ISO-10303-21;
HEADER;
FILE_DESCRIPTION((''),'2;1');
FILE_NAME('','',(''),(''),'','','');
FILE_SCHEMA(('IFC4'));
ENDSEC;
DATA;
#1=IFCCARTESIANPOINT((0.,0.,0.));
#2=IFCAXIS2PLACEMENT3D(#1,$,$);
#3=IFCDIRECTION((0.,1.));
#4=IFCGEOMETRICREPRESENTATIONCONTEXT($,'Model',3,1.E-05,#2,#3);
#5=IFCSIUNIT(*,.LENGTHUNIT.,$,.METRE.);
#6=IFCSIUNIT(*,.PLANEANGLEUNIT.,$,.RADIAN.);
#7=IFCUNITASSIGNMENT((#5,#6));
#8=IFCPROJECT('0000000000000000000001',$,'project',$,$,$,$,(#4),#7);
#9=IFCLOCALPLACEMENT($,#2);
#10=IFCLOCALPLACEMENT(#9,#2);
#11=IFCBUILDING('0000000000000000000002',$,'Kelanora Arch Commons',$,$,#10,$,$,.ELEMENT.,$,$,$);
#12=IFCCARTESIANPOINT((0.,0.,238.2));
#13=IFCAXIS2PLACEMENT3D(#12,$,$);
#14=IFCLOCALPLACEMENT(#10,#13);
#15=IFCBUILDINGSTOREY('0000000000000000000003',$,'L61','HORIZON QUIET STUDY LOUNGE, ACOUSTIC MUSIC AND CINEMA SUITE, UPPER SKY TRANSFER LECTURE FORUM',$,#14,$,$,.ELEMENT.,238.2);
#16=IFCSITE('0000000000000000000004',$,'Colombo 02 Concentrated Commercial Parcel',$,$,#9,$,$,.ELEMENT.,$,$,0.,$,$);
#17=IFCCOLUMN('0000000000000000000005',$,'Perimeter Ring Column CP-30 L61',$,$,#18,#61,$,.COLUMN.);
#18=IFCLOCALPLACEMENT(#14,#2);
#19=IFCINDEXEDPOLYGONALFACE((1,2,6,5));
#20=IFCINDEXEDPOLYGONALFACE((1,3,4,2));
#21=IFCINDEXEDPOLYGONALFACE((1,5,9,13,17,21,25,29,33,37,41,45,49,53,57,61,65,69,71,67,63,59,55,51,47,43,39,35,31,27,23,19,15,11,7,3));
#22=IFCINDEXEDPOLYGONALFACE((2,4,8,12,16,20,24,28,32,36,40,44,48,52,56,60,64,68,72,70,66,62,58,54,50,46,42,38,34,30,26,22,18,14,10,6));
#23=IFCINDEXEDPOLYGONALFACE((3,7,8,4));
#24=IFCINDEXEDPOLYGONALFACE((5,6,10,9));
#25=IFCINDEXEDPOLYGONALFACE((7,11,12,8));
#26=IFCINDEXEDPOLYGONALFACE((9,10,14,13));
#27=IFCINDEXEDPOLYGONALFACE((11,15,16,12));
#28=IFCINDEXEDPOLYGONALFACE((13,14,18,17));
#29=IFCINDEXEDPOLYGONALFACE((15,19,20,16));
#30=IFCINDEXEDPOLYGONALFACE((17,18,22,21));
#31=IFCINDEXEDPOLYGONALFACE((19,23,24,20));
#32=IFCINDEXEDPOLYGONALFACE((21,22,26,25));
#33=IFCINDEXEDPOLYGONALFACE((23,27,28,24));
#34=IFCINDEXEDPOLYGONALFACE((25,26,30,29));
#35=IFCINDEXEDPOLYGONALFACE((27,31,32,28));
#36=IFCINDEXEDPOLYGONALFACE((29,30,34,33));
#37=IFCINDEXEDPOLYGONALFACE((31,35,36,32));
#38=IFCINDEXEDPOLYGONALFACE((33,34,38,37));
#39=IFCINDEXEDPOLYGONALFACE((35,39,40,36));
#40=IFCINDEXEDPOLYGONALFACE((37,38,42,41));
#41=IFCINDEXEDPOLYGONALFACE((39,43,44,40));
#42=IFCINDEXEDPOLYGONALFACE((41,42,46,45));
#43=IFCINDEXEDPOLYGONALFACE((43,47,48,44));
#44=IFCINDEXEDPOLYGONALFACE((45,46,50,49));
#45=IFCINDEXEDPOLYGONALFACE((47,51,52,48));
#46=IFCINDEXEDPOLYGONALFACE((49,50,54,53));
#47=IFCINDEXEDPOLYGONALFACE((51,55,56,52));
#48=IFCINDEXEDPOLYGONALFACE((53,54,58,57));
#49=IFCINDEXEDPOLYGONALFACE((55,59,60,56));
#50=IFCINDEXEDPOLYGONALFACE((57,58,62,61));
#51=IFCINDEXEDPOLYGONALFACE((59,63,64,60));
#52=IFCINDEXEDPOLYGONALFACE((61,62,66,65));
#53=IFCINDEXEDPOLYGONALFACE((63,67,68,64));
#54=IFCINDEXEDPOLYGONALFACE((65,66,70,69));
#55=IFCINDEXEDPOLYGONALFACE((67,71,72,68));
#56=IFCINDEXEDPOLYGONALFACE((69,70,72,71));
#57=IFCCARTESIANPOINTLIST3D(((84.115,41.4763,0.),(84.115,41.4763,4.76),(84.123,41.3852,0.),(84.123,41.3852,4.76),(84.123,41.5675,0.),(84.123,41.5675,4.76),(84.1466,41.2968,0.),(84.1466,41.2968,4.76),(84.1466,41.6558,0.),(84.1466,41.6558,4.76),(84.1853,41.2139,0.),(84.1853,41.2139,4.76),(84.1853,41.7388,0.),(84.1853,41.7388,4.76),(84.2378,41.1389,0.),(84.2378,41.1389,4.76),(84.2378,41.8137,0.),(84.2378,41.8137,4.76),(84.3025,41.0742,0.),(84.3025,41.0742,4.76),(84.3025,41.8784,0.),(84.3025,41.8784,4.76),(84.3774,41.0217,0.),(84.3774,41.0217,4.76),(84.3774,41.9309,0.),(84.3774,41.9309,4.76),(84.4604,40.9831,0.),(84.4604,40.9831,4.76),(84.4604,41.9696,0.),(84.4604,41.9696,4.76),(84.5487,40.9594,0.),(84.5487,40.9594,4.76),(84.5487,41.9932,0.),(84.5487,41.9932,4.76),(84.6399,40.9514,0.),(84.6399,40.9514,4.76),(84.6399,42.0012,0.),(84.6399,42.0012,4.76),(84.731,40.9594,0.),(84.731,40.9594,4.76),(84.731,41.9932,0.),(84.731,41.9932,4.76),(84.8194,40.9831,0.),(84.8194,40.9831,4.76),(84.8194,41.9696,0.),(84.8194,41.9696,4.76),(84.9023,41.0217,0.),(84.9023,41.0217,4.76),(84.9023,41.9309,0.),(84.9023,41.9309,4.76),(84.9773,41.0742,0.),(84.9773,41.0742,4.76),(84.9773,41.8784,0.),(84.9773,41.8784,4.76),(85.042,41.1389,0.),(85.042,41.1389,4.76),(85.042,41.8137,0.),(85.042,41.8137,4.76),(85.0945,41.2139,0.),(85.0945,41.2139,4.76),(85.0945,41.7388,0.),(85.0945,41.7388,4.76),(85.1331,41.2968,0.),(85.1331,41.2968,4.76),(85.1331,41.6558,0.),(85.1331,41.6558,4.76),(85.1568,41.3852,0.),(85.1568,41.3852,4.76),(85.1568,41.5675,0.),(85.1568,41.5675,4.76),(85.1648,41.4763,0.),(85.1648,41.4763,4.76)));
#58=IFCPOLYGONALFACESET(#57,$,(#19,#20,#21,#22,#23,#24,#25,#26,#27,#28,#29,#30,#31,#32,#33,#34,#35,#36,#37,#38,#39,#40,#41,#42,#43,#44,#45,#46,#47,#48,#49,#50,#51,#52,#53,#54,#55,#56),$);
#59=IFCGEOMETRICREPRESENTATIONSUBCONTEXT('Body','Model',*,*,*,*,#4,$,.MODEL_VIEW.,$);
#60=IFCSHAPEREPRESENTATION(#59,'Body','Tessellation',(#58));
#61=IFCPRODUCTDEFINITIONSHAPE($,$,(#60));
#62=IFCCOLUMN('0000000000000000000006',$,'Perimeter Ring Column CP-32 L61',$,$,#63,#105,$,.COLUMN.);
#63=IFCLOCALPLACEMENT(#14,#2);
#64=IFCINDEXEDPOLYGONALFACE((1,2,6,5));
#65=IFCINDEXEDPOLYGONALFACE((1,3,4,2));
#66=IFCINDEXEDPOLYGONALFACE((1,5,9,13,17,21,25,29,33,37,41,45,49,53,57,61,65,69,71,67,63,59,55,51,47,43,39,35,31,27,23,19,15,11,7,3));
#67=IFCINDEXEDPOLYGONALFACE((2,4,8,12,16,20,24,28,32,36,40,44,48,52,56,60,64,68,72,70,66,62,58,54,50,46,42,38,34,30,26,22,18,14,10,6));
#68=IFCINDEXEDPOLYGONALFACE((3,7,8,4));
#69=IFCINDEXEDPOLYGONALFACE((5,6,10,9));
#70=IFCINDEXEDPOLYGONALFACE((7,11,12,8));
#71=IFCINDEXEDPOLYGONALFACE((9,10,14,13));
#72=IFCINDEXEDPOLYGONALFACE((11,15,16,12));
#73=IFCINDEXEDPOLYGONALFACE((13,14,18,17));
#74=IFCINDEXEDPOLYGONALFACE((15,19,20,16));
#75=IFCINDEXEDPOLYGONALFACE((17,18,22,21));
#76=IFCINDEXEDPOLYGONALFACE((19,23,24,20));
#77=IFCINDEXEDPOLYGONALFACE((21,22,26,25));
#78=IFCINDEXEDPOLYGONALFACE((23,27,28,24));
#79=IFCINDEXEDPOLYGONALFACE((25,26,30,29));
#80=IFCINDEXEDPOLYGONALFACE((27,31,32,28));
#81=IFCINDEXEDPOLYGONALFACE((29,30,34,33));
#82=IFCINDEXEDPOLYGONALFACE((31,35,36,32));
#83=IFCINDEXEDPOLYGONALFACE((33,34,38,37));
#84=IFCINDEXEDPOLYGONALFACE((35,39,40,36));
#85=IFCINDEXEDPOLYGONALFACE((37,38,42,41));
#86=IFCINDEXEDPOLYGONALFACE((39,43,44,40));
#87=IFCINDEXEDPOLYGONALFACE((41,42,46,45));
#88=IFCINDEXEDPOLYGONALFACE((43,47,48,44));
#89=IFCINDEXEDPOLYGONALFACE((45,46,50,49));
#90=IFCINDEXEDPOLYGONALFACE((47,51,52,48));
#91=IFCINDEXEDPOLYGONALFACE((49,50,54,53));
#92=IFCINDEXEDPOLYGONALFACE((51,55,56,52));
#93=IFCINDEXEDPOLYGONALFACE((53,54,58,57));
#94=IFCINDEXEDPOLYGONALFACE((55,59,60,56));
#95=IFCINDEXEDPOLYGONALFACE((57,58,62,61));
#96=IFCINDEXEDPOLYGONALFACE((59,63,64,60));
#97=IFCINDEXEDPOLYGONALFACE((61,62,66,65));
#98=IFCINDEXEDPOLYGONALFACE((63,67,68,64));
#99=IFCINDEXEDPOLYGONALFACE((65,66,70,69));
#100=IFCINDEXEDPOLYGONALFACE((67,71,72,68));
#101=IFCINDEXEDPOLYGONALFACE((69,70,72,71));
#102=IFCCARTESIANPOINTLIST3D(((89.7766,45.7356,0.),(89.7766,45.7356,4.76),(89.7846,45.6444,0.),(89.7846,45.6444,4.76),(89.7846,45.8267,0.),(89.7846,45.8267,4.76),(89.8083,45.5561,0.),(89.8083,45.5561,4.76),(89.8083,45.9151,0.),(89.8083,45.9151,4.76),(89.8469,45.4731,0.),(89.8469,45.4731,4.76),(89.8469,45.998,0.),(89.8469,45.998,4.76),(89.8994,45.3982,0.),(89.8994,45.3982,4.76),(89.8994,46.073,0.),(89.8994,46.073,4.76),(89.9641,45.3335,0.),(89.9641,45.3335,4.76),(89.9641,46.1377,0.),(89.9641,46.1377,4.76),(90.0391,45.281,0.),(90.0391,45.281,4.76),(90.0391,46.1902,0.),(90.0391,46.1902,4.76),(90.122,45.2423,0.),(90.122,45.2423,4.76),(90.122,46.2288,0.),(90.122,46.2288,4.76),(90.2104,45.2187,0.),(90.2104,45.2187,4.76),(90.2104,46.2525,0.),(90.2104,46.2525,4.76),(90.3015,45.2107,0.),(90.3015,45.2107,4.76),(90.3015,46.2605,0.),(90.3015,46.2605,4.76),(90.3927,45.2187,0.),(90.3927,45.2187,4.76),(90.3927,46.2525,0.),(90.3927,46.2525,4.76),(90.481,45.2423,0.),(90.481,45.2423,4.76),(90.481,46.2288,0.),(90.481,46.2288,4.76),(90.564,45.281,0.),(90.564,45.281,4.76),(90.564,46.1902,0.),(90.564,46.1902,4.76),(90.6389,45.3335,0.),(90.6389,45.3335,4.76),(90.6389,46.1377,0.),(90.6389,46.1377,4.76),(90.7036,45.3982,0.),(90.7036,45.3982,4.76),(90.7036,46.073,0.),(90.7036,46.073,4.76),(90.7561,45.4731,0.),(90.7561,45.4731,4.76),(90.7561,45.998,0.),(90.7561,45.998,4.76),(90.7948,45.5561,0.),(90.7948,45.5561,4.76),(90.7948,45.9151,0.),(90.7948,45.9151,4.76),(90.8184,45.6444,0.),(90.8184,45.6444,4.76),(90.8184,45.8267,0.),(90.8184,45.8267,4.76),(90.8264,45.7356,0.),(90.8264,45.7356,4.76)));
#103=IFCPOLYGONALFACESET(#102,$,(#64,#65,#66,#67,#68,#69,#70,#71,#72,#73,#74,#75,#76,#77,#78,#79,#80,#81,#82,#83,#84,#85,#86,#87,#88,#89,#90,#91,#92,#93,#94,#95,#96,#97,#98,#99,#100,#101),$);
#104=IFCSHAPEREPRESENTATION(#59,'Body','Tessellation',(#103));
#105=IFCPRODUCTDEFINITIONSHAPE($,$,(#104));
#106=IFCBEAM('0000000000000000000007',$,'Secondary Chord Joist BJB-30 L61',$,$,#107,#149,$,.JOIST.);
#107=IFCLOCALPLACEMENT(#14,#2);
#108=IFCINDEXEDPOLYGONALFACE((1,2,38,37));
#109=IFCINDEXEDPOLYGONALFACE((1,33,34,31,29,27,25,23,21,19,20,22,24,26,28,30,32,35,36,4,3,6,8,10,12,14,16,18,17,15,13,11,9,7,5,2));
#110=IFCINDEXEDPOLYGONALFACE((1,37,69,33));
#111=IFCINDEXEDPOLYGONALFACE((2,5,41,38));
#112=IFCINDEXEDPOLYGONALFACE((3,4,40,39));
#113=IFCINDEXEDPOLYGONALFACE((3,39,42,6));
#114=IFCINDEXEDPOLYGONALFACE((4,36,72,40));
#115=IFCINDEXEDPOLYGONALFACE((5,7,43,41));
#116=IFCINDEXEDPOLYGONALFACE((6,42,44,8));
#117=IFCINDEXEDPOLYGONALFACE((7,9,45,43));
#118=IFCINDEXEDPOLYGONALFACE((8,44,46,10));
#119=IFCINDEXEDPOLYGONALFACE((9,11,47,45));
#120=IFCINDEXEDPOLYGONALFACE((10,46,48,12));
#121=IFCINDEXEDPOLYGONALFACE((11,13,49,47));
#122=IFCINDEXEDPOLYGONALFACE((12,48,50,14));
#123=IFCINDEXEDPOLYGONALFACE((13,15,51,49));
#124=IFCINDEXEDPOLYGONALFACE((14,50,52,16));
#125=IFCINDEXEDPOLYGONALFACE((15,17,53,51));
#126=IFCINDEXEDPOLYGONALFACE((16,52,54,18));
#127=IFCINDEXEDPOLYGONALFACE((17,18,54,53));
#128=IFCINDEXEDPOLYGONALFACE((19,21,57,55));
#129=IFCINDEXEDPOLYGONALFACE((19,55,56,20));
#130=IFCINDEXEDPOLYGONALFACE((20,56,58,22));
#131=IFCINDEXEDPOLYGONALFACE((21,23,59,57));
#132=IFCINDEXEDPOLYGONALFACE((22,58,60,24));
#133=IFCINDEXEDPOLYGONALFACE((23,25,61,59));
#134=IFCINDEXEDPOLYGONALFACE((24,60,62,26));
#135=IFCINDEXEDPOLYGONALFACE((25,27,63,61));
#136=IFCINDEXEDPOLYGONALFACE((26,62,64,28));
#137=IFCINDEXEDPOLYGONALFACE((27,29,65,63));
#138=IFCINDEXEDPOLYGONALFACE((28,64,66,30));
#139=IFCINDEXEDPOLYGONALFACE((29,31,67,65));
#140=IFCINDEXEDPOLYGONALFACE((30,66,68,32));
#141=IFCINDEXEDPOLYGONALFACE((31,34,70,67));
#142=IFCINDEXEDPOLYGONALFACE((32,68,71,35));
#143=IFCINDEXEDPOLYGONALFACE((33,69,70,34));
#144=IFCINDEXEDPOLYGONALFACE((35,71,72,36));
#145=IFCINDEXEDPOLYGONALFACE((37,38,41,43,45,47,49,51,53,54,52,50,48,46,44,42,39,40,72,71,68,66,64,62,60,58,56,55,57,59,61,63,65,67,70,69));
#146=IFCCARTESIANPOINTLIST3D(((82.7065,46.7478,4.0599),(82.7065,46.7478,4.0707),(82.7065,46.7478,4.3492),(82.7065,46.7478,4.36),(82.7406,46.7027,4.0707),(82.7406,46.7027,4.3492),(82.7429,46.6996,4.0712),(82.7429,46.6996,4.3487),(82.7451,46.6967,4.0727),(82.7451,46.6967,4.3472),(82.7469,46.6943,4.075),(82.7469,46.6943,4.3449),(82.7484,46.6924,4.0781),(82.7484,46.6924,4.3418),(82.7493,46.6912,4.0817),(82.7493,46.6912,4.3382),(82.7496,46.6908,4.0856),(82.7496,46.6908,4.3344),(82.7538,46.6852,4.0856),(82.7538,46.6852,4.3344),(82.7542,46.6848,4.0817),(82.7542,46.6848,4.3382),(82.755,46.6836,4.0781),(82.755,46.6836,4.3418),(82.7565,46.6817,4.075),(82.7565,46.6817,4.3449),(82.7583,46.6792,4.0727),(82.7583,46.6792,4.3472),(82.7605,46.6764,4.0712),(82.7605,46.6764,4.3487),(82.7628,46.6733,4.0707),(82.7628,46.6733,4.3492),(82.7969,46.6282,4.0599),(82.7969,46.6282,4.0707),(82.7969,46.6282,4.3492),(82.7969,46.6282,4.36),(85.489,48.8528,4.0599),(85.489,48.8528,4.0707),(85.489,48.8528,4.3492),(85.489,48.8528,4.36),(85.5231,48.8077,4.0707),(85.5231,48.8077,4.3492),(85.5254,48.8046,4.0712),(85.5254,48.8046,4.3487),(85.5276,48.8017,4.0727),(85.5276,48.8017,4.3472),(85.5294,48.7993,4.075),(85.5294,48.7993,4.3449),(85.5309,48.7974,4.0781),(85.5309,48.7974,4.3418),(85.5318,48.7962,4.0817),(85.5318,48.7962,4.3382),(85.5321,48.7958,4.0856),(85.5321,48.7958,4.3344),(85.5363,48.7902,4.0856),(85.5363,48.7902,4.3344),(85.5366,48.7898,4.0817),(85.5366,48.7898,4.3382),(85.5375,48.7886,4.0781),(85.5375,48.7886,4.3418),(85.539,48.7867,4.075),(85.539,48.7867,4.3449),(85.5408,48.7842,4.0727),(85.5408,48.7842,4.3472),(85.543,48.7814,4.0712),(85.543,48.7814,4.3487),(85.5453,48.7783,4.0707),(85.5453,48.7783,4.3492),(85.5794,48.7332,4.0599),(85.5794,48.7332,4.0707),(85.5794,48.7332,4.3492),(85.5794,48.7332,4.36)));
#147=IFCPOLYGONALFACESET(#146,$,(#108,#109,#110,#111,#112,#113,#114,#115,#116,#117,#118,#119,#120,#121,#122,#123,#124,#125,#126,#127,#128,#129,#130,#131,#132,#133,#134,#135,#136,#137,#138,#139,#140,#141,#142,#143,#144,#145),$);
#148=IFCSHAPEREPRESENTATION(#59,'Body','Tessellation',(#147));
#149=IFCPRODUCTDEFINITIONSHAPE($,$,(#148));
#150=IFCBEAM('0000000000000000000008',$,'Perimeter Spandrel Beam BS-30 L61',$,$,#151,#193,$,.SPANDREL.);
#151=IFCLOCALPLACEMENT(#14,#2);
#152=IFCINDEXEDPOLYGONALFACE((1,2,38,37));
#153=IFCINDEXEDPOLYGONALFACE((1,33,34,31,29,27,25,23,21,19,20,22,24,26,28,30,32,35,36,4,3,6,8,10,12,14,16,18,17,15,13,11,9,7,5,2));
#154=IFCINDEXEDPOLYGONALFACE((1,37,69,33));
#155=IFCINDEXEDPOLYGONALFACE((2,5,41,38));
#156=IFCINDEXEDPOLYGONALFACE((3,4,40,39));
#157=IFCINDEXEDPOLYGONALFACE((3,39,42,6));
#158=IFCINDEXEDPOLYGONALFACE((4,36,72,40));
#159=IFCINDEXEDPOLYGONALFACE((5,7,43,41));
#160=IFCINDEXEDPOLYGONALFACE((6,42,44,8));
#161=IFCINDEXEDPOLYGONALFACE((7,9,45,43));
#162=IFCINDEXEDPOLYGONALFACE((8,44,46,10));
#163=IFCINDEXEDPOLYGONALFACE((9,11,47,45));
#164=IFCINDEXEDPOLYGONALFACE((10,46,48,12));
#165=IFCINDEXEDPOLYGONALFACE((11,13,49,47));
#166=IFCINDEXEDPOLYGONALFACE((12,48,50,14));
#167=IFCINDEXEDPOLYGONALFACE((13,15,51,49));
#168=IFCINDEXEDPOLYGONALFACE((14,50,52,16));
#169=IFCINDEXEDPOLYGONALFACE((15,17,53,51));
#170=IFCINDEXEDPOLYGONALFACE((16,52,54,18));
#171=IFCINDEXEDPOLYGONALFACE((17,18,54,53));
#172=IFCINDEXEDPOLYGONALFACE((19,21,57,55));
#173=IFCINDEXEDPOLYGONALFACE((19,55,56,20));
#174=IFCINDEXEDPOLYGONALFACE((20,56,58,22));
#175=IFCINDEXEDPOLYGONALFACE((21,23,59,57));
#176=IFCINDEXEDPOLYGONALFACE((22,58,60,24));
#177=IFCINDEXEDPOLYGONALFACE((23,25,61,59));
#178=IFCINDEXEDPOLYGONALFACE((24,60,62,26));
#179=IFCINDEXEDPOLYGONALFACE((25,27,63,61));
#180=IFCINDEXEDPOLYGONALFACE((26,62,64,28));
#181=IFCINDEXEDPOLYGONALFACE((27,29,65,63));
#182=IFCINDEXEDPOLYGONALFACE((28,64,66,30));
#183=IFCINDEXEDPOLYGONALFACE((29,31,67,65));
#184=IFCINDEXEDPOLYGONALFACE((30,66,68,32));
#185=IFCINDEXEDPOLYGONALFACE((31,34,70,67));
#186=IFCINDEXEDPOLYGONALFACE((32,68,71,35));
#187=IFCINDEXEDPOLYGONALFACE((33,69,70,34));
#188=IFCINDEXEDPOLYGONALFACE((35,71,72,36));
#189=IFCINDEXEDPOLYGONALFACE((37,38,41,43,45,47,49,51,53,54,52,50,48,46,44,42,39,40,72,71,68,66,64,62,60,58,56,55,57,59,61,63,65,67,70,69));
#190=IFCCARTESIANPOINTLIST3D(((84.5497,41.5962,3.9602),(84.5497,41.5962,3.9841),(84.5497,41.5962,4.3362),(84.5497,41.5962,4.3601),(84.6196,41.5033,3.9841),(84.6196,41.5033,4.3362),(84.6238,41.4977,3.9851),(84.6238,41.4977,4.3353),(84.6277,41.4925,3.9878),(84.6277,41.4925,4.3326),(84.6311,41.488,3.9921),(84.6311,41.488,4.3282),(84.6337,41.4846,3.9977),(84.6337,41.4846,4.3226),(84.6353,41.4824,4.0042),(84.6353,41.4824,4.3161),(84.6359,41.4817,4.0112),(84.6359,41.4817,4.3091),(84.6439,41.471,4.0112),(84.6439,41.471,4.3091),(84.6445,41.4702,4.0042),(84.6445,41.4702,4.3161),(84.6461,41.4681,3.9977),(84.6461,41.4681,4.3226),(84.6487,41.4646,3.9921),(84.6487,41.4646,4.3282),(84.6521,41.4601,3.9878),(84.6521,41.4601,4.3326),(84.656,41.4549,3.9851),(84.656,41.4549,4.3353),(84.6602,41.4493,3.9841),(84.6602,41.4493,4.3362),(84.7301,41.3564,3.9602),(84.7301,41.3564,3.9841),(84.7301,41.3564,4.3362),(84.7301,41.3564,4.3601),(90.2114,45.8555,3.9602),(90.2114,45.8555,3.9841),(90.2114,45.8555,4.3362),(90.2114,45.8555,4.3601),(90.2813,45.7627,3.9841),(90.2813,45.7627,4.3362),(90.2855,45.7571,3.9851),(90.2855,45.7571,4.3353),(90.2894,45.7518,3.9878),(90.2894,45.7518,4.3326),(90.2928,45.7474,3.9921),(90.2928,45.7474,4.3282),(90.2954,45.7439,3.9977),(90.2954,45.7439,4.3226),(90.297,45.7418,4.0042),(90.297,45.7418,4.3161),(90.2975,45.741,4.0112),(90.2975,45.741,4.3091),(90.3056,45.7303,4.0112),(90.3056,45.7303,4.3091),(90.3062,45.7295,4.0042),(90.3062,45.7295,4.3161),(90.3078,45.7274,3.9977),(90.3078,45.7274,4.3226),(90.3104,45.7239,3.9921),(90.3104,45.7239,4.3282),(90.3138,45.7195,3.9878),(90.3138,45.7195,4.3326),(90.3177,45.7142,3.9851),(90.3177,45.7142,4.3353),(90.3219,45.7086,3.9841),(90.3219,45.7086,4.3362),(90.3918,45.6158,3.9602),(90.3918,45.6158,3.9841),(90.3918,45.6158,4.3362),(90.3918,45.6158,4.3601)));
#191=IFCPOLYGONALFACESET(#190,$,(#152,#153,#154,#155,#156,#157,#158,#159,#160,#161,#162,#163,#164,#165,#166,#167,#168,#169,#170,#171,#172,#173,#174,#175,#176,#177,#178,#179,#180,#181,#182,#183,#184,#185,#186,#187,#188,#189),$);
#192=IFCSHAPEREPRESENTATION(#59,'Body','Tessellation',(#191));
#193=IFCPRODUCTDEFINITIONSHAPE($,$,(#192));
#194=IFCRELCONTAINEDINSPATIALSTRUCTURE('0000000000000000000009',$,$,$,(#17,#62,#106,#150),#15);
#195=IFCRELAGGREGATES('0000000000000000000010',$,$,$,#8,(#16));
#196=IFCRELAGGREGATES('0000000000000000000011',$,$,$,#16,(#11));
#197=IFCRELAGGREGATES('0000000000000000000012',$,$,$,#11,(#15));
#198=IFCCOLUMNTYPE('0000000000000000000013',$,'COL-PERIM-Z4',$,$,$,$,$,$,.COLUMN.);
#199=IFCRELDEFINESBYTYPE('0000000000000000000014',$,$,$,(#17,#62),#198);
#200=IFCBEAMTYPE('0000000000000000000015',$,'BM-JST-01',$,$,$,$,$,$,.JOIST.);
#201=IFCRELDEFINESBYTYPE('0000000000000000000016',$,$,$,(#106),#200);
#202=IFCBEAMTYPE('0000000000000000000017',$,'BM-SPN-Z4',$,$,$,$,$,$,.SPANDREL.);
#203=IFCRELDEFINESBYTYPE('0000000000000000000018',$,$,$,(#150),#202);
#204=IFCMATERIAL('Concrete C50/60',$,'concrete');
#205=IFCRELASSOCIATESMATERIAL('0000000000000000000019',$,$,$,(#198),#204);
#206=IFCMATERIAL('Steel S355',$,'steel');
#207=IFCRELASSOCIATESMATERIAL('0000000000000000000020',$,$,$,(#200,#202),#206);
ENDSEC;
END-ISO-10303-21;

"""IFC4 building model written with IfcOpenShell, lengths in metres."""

from ifc_helpers import new_model, si_unit, direction, frame, origin, origin_2d, place, context, subcontext, project, spatial, circle, i_section, extrude, material, material_profile, profile_set, type_object, element, save


model = new_model("IFC4")

# Units and contexts
model_context = context("Model", 3, precision=1e-05, world=origin(), true_north=direction((0.0, 1.0)))
body_context = subcontext(model_context, "Body", "Model", "MODEL_VIEW")
ifc_project = project(units=[si_unit("LENGTHUNIT", "METRE"), si_unit("PLANEANGLEUNIT", "RADIAN")], contexts=[model_context])

# Site, building, storey
site_placement = place(None, origin())
site = spatial("IfcSite", under=ifc_project, at=site_placement, Name="Colombo 02 Concentrated Commercial Parcel", CompositionType="ELEMENT", RefElevation=0.0)
building_placement = place(site_placement, origin())
building = spatial("IfcBuilding", under=site, at=building_placement, Name="Kelanora Arch Commons", CompositionType="ELEMENT")
storey_placement = place(building_placement, frame((0.0, 0.0, 238.2)))
storey = spatial("IfcBuildingStorey", under=building, at=storey_placement, Name="L61", Description="HORIZON QUIET STUDY LOUNGE, ACOUSTIC MUSIC AND CINEMA SUITE, UPPER SKY TRANSFER LECTURE FORUM", CompositionType="ELEMENT", Elevation=238.2)

# Columns
ifc_material_1 = material(Name="Concrete C50/60", Category="concrete")
ifc_material_profile_1 = material_profile(ifc_material_1, circle(Radius=0.5249, at=origin_2d()), Name="RCC1050")
ifc_profile_set_1 = profile_set([ifc_material_profile_1], Name="Concrete C50/60")
column_type = type_object("IfcColumnType", Name="COL-PERIM-Z4", PredefinedType="COLUMN", material=ifc_profile_set_1)
for number, where, z_axis, x_axis, name in (
    (1, (84.6399, 41.4763, 0.0), (0.0, 0.0, 1.0), (1.0, 0.0, 0.0), "Perimeter Ring Column CP-30 L61"),
    (2, (90.3015, 45.7356, 0.0), (0.0, 0.0, 1.0), (1.0, 0.0, 0.0), "Perimeter Ring Column CP-32 L61"),
):
    element("IfcColumn", number, at=place(storey_placement, frame(where, z_axis=z_axis, x_axis=x_axis)), inside=storey, type_object=column_type, Name=name, PredefinedType="COLUMN", context=body_context, shape_type="SweptSolid", body=[
        extrude(circle(Radius=0.5249, at=origin_2d()), origin(), (0.0, 0.0, 1.0), 4.76),
    ])

# Beams
ifc_material_2 = material(Name="Steel S355", Category="steel")
ifc_material_profile_2 = material_profile(ifc_material_2, i_section(OverallWidth=0.1499, OverallDepth=0.3, WebThickness=0.0071, FlangeThickness=0.0107, FilletRadius=0.0149, at=origin_2d()), Name="IPE300")
ifc_profile_set_2 = profile_set([ifc_material_profile_2], Name="Steel S355")
beam_type_1 = type_object("IfcBeamType", Name="BM-JST-01", PredefinedType="JOIST", material=ifc_profile_set_2)
beam_1_placement = place(storey_placement, frame((82.7517, 46.688, 4.21), z_axis=(0.797499, 0.60332, 0.0), x_axis=(-0.60332, 0.797499, 0.0)))
element("IfcBeam", 3, at=beam_1_placement, inside=storey, type_object=beam_type_1, Name="Secondary Chord Joist BJB-30 L61", PredefinedType="JOIST", context=body_context, shape_type="SweptSolid", body=[
    extrude(i_section(OverallWidth=0.1499, OverallDepth=0.3, WebThickness=0.0071, FlangeThickness=0.0107, FilletRadius=0.0149, at=origin_2d()), origin(), (0.0, 0.0, 1.0), 3.489),
])
ifc_material_profile_3 = material_profile(ifc_material_2, i_section(OverallWidth=0.3, OverallDepth=0.3999, WebThickness=0.0134, FlangeThickness=0.0239, FilletRadius=0.0271, at=origin_2d()), Name="HEB400")
ifc_profile_set_3 = profile_set([ifc_material_profile_3], Name="Steel S355")
beam_type_2 = type_object("IfcBeamType", Name="BM-SPN-Z4", PredefinedType="SPANDREL", material=ifc_profile_set_3)
beam_2_placement = place(storey_placement, frame((84.6399, 41.4763, 4.1602), z_axis=(0.799114, 0.601179, 0.0), x_axis=(-0.601179, 0.799114, 0.0)))
element("IfcBeam", 4, at=beam_2_placement, inside=storey, type_object=beam_type_2, Name="Perimeter Spandrel Beam BS-30 L61", PredefinedType="SPANDREL", context=body_context, shape_type="SweptSolid", body=[
    extrude(i_section(OverallWidth=0.3, OverallDepth=0.3999, WebThickness=0.0134, FlangeThickness=0.0239, FilletRadius=0.0271, at=origin_2d()), origin(), (0.0, 0.0, 1.0), 7.085),
])

save(model, "model.ifc")
